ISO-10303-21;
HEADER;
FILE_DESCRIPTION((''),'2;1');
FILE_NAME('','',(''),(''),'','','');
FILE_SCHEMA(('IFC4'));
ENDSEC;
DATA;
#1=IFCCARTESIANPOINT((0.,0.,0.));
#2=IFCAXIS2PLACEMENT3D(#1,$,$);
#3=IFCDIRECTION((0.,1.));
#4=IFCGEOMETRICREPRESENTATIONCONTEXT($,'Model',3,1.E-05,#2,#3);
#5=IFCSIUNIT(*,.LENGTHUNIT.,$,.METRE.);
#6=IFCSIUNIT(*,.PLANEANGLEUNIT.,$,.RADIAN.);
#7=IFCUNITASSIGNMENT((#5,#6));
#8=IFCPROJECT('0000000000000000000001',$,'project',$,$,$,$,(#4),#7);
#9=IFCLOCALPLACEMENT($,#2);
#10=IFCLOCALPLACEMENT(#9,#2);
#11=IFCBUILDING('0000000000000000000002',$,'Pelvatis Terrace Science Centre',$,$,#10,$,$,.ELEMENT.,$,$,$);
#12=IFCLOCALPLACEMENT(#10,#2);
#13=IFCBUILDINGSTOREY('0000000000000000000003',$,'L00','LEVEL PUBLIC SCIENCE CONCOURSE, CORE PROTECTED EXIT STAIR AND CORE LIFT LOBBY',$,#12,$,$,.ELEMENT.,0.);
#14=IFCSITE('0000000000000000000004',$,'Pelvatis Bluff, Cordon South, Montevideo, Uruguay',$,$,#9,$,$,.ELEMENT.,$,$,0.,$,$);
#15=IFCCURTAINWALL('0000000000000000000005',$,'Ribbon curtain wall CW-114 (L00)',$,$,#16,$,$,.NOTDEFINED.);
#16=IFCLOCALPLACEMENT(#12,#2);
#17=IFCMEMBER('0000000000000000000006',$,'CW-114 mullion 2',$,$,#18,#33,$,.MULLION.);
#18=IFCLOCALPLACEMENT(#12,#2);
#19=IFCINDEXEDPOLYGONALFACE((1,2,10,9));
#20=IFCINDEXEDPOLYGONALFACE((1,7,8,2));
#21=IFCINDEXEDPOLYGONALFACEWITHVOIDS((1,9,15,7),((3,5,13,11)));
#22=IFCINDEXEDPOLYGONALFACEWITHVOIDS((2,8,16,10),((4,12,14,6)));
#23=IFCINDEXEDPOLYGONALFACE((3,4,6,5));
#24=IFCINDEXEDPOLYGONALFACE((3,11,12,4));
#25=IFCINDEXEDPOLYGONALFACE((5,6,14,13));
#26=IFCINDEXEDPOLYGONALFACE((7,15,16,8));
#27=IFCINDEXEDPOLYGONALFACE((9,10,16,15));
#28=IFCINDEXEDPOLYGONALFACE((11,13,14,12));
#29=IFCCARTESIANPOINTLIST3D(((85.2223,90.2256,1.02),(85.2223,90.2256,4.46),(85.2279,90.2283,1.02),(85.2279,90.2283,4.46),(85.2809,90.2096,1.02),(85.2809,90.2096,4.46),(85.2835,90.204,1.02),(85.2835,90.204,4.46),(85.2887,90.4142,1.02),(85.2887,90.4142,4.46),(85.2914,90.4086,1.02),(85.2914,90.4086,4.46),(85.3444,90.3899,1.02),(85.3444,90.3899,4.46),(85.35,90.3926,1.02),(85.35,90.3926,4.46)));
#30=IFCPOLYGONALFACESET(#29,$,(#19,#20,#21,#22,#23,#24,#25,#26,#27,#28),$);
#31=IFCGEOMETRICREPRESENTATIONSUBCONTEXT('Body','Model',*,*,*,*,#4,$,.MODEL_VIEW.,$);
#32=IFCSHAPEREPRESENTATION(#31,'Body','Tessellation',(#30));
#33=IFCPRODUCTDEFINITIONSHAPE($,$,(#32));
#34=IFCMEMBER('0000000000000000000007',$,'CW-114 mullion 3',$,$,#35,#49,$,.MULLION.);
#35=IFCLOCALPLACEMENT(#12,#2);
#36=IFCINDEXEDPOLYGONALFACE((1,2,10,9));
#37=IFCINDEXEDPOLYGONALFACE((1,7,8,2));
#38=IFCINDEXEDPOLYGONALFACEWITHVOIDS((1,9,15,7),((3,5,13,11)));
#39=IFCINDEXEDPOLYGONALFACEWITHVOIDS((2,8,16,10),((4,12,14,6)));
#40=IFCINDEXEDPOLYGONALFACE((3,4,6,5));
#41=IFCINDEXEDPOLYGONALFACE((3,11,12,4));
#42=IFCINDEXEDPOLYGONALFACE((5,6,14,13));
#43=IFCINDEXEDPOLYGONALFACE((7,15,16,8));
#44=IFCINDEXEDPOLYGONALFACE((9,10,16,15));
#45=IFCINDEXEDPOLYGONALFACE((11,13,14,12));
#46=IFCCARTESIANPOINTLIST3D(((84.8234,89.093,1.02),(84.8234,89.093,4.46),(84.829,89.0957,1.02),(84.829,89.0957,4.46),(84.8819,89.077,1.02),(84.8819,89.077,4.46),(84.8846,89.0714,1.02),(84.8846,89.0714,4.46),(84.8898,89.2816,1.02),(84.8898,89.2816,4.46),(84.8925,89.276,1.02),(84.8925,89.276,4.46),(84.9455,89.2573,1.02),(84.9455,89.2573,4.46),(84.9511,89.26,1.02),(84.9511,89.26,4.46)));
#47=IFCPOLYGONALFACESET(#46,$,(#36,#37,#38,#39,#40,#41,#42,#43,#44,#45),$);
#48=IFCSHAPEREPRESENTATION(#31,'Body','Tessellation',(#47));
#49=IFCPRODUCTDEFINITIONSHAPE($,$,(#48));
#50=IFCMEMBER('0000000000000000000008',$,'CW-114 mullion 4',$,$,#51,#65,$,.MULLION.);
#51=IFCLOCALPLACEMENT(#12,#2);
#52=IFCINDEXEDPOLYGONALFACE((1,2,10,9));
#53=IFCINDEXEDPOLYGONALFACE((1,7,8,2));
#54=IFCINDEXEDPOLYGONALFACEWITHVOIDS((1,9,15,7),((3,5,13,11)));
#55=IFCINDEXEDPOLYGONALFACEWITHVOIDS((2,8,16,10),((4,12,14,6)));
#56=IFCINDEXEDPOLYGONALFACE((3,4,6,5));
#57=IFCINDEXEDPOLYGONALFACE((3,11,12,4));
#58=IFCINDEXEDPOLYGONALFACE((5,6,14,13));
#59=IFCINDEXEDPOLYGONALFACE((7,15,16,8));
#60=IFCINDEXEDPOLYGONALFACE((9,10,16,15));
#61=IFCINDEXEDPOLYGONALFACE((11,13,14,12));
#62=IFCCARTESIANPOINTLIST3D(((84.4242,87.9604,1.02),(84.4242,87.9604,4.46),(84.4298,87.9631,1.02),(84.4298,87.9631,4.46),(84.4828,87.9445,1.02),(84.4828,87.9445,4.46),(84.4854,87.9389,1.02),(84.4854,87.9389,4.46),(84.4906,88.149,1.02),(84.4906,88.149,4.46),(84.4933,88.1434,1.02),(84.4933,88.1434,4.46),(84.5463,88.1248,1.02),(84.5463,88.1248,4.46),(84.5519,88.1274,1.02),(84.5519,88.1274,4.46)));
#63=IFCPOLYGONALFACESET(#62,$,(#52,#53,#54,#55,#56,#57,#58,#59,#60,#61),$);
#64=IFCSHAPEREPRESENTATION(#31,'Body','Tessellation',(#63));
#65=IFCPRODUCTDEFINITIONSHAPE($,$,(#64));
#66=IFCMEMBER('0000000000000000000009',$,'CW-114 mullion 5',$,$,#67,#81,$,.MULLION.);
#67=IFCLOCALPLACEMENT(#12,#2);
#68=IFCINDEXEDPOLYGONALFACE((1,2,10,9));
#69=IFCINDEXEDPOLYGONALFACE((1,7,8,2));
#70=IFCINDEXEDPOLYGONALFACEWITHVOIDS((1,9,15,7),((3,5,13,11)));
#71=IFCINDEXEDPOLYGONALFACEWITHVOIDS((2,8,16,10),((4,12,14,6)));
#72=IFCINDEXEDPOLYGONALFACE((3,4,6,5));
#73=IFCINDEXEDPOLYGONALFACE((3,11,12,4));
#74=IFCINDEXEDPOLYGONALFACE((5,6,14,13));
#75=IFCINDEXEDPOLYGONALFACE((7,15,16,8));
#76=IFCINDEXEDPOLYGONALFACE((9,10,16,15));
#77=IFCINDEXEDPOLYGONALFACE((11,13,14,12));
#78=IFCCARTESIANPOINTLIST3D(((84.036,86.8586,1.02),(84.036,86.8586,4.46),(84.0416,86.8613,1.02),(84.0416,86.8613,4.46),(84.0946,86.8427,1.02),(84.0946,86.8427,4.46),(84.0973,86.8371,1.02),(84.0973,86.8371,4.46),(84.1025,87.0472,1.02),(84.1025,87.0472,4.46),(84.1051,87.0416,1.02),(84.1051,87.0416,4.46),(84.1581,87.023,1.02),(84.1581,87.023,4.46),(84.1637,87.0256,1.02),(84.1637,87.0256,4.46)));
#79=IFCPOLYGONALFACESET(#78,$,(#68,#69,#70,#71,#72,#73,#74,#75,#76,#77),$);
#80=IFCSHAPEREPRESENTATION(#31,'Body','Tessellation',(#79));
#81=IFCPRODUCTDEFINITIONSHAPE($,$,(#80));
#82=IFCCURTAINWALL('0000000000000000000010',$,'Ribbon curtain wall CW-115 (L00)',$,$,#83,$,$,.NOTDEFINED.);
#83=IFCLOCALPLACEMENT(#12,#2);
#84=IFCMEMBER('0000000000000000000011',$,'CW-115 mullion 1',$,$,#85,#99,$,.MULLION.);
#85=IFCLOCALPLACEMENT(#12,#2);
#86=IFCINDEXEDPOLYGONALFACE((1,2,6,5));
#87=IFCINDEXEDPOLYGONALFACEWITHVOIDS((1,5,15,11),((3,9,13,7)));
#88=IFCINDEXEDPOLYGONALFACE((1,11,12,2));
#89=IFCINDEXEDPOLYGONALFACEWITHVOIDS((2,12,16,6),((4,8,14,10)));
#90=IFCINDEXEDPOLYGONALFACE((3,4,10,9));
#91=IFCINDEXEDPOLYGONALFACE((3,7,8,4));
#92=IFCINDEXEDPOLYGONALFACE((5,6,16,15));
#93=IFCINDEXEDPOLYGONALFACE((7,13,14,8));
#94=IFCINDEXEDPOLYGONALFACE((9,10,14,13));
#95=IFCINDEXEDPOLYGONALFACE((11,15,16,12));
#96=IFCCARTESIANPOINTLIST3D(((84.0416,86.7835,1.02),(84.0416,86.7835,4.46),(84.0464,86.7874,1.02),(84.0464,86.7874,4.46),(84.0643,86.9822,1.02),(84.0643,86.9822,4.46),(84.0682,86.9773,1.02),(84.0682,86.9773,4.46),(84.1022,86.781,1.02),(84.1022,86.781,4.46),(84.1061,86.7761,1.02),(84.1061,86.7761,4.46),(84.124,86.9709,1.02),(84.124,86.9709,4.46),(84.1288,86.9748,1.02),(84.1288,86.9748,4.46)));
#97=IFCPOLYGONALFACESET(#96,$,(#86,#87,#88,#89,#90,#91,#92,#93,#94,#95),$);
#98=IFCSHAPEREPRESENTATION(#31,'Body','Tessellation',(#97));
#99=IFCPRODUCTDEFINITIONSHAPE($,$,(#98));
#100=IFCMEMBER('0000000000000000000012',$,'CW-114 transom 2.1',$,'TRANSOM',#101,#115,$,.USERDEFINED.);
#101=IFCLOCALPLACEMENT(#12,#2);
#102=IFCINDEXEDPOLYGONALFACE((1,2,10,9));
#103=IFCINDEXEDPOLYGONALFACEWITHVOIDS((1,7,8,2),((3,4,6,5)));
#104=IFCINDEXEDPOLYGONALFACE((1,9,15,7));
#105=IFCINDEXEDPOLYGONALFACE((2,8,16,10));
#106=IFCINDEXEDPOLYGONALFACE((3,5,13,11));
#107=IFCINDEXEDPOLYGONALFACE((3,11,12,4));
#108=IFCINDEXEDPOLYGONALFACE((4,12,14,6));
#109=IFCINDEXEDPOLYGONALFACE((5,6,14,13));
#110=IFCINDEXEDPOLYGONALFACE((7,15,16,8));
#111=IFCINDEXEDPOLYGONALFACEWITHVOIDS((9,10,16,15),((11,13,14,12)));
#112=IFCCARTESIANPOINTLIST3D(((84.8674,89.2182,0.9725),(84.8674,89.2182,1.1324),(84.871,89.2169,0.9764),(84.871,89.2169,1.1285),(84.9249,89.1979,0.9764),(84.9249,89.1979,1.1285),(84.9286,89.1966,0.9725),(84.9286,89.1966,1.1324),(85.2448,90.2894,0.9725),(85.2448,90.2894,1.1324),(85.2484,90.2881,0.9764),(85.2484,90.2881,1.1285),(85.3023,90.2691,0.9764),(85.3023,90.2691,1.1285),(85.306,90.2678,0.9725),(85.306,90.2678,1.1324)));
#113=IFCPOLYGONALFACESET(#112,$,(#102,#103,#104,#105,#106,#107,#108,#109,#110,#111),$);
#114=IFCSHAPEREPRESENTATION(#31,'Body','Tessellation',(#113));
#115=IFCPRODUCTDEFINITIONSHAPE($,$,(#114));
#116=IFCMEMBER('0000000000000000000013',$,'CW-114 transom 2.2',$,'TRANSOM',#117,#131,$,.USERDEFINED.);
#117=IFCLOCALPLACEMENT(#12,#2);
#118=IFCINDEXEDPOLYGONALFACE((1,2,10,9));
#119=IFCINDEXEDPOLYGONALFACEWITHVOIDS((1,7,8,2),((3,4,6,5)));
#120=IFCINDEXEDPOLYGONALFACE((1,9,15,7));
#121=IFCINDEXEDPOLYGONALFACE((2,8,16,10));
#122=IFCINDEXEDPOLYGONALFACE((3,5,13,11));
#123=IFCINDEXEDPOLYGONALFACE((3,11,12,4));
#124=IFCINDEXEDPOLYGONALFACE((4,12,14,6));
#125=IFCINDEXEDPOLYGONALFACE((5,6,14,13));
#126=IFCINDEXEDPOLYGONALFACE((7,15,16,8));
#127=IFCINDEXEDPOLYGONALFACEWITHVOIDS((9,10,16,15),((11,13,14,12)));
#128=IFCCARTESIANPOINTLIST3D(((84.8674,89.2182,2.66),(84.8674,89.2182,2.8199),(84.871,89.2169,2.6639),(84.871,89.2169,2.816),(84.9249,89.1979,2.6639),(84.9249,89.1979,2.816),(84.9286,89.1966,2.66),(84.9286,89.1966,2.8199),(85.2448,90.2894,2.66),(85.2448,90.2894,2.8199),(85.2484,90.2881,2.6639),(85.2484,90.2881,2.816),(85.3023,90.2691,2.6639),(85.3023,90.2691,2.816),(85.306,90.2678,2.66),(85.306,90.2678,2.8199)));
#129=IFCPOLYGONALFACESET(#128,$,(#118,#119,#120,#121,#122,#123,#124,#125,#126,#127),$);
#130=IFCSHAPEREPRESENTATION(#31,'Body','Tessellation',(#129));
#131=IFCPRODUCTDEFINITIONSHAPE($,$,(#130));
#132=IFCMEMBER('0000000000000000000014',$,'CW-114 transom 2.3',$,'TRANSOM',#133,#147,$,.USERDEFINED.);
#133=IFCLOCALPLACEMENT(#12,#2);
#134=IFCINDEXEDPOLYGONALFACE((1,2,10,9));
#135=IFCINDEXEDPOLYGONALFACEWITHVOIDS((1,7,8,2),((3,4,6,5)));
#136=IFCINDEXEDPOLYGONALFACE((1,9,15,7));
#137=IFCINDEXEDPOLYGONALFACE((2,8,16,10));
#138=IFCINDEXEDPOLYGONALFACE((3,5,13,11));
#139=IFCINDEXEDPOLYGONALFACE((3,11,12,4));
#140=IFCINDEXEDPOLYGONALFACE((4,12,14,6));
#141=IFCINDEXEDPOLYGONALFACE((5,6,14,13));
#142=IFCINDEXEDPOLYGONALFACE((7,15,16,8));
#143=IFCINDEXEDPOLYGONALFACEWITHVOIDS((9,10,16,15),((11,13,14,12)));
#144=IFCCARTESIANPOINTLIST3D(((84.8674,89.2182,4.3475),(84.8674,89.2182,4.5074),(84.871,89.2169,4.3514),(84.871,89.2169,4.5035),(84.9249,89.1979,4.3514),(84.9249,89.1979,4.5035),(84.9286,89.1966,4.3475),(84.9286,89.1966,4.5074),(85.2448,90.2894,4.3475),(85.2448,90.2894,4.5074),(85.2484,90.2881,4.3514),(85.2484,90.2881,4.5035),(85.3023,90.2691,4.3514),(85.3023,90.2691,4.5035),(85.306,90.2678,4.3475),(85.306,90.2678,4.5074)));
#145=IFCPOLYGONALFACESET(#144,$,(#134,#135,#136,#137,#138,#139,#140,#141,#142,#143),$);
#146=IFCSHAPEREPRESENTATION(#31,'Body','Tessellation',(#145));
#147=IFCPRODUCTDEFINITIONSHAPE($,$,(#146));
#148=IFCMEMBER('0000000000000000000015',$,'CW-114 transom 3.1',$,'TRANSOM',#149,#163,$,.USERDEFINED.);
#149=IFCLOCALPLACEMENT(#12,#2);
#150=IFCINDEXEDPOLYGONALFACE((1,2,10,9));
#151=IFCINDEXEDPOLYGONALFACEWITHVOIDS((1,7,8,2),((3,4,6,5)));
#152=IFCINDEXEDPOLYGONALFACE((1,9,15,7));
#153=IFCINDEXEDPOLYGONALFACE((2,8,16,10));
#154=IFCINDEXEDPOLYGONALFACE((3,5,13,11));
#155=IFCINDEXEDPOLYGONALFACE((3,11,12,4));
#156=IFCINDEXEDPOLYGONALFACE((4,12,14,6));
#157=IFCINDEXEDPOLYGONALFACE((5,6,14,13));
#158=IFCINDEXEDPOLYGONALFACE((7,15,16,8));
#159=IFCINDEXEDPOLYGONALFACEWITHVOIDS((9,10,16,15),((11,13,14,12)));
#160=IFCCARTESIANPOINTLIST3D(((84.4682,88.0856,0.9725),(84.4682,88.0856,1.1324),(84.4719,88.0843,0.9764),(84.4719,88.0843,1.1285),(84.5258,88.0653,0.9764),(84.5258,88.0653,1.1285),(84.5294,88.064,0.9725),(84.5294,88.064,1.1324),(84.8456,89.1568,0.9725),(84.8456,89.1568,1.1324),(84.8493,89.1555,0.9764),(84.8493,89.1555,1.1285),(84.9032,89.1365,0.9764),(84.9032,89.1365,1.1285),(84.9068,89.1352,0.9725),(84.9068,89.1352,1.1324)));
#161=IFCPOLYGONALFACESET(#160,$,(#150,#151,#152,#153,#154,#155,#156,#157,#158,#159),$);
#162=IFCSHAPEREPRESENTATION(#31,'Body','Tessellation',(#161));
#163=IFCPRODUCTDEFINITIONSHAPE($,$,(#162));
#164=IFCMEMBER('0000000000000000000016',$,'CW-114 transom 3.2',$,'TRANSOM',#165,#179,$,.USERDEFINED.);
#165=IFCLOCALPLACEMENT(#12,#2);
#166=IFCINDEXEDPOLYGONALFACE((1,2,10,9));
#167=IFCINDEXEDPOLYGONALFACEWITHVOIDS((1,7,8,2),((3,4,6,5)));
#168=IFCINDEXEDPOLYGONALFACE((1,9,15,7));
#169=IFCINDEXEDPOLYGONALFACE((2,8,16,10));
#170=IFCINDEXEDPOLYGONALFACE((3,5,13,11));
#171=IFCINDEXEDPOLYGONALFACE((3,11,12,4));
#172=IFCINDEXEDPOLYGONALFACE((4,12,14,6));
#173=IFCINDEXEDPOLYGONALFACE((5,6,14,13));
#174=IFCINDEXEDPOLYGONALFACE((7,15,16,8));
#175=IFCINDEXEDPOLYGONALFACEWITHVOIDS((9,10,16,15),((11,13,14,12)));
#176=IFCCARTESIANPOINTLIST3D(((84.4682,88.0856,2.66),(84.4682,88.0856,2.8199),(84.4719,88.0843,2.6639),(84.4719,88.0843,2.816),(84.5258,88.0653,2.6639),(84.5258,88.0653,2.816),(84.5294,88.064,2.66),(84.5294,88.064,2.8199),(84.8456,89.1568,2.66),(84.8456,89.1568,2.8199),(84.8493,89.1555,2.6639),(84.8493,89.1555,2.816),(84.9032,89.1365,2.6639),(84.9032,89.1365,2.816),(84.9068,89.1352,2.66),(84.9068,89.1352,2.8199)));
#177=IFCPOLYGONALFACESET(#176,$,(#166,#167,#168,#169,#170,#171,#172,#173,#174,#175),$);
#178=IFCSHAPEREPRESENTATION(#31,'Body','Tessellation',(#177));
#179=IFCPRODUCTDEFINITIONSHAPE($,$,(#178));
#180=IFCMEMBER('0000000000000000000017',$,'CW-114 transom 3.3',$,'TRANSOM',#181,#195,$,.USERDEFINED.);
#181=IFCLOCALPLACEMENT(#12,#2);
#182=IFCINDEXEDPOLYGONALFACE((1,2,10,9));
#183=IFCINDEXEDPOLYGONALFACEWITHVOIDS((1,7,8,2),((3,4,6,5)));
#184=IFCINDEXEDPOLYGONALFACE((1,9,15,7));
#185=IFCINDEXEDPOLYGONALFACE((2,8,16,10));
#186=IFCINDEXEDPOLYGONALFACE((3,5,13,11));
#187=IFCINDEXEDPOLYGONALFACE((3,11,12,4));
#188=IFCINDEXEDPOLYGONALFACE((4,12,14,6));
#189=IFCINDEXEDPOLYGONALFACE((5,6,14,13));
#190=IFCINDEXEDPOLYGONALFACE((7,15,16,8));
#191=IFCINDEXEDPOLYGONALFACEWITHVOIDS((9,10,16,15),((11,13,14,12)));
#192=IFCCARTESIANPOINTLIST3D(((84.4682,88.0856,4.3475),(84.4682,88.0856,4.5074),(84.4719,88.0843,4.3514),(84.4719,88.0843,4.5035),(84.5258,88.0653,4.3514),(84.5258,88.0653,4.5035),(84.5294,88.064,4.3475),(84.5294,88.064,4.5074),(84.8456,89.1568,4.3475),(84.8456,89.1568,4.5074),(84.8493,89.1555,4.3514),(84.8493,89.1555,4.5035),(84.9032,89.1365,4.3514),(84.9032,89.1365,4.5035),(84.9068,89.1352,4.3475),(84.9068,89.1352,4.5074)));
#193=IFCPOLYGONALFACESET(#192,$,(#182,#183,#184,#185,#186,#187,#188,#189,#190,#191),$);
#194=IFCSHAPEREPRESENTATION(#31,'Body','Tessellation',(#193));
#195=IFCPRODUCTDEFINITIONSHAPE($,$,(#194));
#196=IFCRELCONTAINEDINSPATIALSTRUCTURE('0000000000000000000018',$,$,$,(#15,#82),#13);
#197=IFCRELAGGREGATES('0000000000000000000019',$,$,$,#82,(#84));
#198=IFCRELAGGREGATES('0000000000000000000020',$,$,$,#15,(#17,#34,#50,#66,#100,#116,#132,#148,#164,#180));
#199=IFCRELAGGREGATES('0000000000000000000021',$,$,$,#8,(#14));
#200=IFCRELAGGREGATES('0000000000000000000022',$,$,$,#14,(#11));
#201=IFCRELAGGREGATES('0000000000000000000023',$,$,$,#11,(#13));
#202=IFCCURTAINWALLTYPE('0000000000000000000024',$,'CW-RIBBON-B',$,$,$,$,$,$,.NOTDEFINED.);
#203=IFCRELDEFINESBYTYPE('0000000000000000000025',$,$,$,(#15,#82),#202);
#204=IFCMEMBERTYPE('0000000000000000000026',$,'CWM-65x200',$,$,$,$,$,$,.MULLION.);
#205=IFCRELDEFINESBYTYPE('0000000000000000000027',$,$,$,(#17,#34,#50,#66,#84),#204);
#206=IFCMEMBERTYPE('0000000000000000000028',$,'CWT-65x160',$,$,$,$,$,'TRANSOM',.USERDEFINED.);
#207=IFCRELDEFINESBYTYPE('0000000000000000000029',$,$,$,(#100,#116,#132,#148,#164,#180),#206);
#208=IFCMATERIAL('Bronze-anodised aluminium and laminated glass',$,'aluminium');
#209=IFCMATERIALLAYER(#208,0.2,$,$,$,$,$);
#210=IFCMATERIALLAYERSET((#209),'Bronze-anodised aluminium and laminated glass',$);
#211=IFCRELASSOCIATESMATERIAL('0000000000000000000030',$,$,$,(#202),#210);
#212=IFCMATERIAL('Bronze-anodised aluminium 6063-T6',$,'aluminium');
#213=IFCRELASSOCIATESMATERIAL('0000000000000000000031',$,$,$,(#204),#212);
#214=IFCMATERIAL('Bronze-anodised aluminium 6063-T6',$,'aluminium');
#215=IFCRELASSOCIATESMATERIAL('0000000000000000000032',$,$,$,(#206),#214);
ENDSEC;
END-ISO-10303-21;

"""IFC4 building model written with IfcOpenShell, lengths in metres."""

from ifc_helpers import new_model, si_unit, direction, frame, origin, origin_2d, place, context, subcontext, project, spatial, hollow_rectangle, extrude, material, layer, layer_set, material_profile, profile_set, type_object, element, aggregate, save


model = new_model("IFC4")

# Units and contexts
model_context = context("Model", 3, precision=1e-05, world=origin(), true_north=direction((0.0, 1.0)))
body_context = subcontext(model_context, "Body", "Model", "MODEL_VIEW")
ifc_project = project(units=[si_unit("LENGTHUNIT", "METRE"), si_unit("PLANEANGLEUNIT", "RADIAN")], contexts=[model_context])

# Site, building, storey
site_placement = place(None, origin())
site = spatial("IfcSite", under=ifc_project, at=site_placement, Name="Pelvatis Bluff, Cordon South, Montevideo, Uruguay", CompositionType="ELEMENT", RefElevation=0.0)
building_placement = place(site_placement, origin())
building = spatial("IfcBuilding", under=site, at=building_placement, Name="Pelvatis Terrace Science Centre", CompositionType="ELEMENT")
storey_placement = place(building_placement, origin())
storey = spatial("IfcBuildingStorey", under=building, at=storey_placement, Name="L00", Description="LEVEL PUBLIC SCIENCE CONCOURSE, CORE PROTECTED EXIT STAIR AND CORE LIFT LOBBY", CompositionType="ELEMENT", Elevation=0.0)

# Curtain wall, members
ifc_material_1 = material(Name="Bronze-anodised aluminium and laminated glass", Category="aluminium")
ifc_layer_1 = layer(ifc_material_1, 0.2)
ifc_layer_set_1 = layer_set([ifc_layer_1], Name="Bronze-anodised aluminium and laminated glass")
curtain_wall_type = type_object("IfcCurtainWallType", Name="CW-RIBBON-B", PredefinedType="NOTDEFINED", material=ifc_layer_set_1)
curtain_wall_1_placement = place(storey_placement, origin())
curtain_wall_1 = element("IfcCurtainWall", 1, at=curtain_wall_1_placement, inside=storey, type_object=curtain_wall_type, Name="Ribbon curtain wall CW-114 (L00)", PredefinedType="NOTDEFINED")
ifc_material_2 = material(Name="Bronze-anodised aluminium 6063-T6", Category="aluminium")
ifc_material_profile_1 = material_profile(ifc_material_2, hollow_rectangle(XDim=0.0649, YDim=0.2, WallThickness=0.0044, at=origin_2d()), Name="ALU-MUL 65x200")
ifc_profile_set_1 = profile_set([ifc_material_profile_1], Name="Bronze-anodised aluminium 6063-T6")
member_type_1 = type_object("IfcMemberType", Name="CWM-65x200", PredefinedType="MULLION", material=ifc_profile_set_1)
member_1_placement = place(storey_placement, frame((85.2861, 90.3091, 1.02), z_axis=(0.0, 0.0, 1.0), x_axis=(0.943171, -0.332308, 0.0)))
member_1 = element("IfcMember", 2, at=member_1_placement, type_object=member_type_1, Name="CW-114 mullion 2", PredefinedType="MULLION", context=body_context, shape_type="SweptSolid", body=[
    extrude(hollow_rectangle(XDim=0.0649, YDim=0.2, WallThickness=0.0044, at=origin_2d()), origin(), (0.0, 0.0, 1.0), 3.4399),
])
member_2_placement = place(storey_placement, frame((84.8872, 89.1765, 1.02), z_axis=(0.0, 0.0, 1.0), x_axis=(0.943171, -0.332308, 0.0)))
member_2 = element("IfcMember", 3, at=member_2_placement, type_object=member_type_1, Name="CW-114 mullion 3", PredefinedType="MULLION", context=body_context, shape_type="SweptSolid", body=[
    extrude(hollow_rectangle(XDim=0.0649, YDim=0.2, WallThickness=0.0044, at=origin_2d()), origin(), (0.0, 0.0, 1.0), 3.4399),
])
member_3_placement = place(storey_placement, frame((84.488, 88.0439, 1.02), z_axis=(0.0, 0.0, 1.0), x_axis=(0.943171, -0.332308, 0.0)))
member_3 = element("IfcMember", 4, at=member_3_placement, type_object=member_type_1, Name="CW-114 mullion 4", PredefinedType="MULLION", context=body_context, shape_type="SweptSolid", body=[
    extrude(hollow_rectangle(XDim=0.0649, YDim=0.2, WallThickness=0.0044, at=origin_2d()), origin(), (0.0, 0.0, 1.0), 3.4399),
])
member_4_placement = place(storey_placement, frame((84.0999, 86.9421, 1.02), z_axis=(0.0, 0.0, 1.0), x_axis=(0.943171, -0.332308, 0.0)))
member_4 = element("IfcMember", 5, at=member_4_placement, type_object=member_type_1, Name="CW-114 mullion 5", PredefinedType="MULLION", context=body_context, shape_type="SweptSolid", body=[
    extrude(hollow_rectangle(XDim=0.0649, YDim=0.2, WallThickness=0.0044, at=origin_2d()), origin(), (0.0, 0.0, 1.0), 3.4399),
])

# Curtain wall, member
curtain_wall_2_placement = place(storey_placement, origin())
curtain_wall_2 = element("IfcCurtainWall", 6, at=curtain_wall_2_placement, inside=storey, type_object=curtain_wall_type, Name="Ribbon curtain wall CW-115 (L00)", PredefinedType="NOTDEFINED")
member_5_placement = place(storey_placement, frame((84.0852, 86.8792, 1.02), z_axis=(0.0, 0.0, 1.0), x_axis=(0.993519, -0.113662, 0.0)))
member_5 = element("IfcMember", 7, at=member_5_placement, type_object=member_type_1, Name="CW-115 mullion 1", PredefinedType="MULLION", context=body_context, shape_type="SweptSolid", body=[
    extrude(hollow_rectangle(XDim=0.0649, YDim=0.2, WallThickness=0.0044, at=origin_2d()), origin(), (0.0, 0.0, 1.0), 3.4399),
])
aggregate(curtain_wall_2, [member_5])

# Members
ifc_material_3 = material(Name="Bronze-anodised aluminium 6063-T6", Category="aluminium")
ifc_material_profile_2 = material_profile(ifc_material_3, hollow_rectangle(XDim=0.0649, YDim=0.1599, WallThickness=0.0039, at=origin_2d()), Name="ALU-TRN 65x160")
ifc_profile_set_2 = profile_set([ifc_material_profile_2], Name="Bronze-anodised aluminium 6063-T6")
member_type_2 = type_object("IfcMemberType", Name="CWT-65x160", ElementType="TRANSOM", PredefinedType="USERDEFINED", material=ifc_profile_set_2)
member_6_placement = place(storey_placement, frame((85.2754, 90.2786, 1.0525), z_axis=(-0.332303, -0.943173, 0.0), x_axis=(0.943173, -0.332303, 0.0)))
member_6 = element("IfcMember", 8, at=member_6_placement, type_object=member_type_2, Name="CW-114 transom 2.1", ObjectType="TRANSOM", PredefinedType="USERDEFINED", context=body_context, shape_type="SweptSolid", body=[
    extrude(hollow_rectangle(XDim=0.0649, YDim=0.1599, WallThickness=0.0039, at=origin_2d()), origin(), (0.0, 0.0, 1.0), 1.1357),
])
member_7_placement = place(storey_placement, frame((85.2754, 90.2786, 2.74), z_axis=(-0.332303, -0.943173, 0.0), x_axis=(0.943173, -0.332303, 0.0)))
member_7 = element("IfcMember", 9, at=member_7_placement, type_object=member_type_2, Name="CW-114 transom 2.2", ObjectType="TRANSOM", PredefinedType="USERDEFINED", context=body_context, shape_type="SweptSolid", body=[
    extrude(hollow_rectangle(XDim=0.0649, YDim=0.1599, WallThickness=0.0039, at=origin_2d()), origin(), (0.0, 0.0, 1.0), 1.1357),
])
member_8_placement = place(storey_placement, frame((85.2754, 90.2786, 4.4275), z_axis=(-0.332303, -0.943173, 0.0), x_axis=(0.943173, -0.332303, 0.0)))
member_8 = element("IfcMember", 10, at=member_8_placement, type_object=member_type_2, Name="CW-114 transom 2.3", ObjectType="TRANSOM", PredefinedType="USERDEFINED", context=body_context, shape_type="SweptSolid", body=[
    extrude(hollow_rectangle(XDim=0.0649, YDim=0.1599, WallThickness=0.0039, at=origin_2d()), origin(), (0.0, 0.0, 1.0), 1.1357),
])
member_9_placement = place(storey_placement, frame((84.8762, 89.146, 1.0525), z_axis=(-0.332303, -0.943173, 0.0), x_axis=(0.943173, -0.332303, 0.0)))
member_9 = element("IfcMember", 11, at=member_9_placement, type_object=member_type_2, Name="CW-114 transom 3.1", ObjectType="TRANSOM", PredefinedType="USERDEFINED", context=body_context, shape_type="SweptSolid", body=[
    extrude(hollow_rectangle(XDim=0.0649, YDim=0.1599, WallThickness=0.0039, at=origin_2d()), origin(), (0.0, 0.0, 1.0), 1.1357),
])
member_10_placement = place(storey_placement, frame((84.8762, 89.146, 2.74), z_axis=(-0.332303, -0.943173, 0.0), x_axis=(0.943173, -0.332303, 0.0)))
member_10 = element("IfcMember", 12, at=member_10_placement, type_object=member_type_2, Name="CW-114 transom 3.2", ObjectType="TRANSOM", PredefinedType="USERDEFINED", context=body_context, shape_type="SweptSolid", body=[
    extrude(hollow_rectangle(XDim=0.0649, YDim=0.1599, WallThickness=0.0039, at=origin_2d()), origin(), (0.0, 0.0, 1.0), 1.1357),
])
member_11_placement = place(storey_placement, frame((84.8762, 89.146, 4.4275), z_axis=(-0.332303, -0.943173, 0.0), x_axis=(0.943173, -0.332303, 0.0)))
member_11 = element("IfcMember", 13, at=member_11_placement, type_object=member_type_2, Name="CW-114 transom 3.3", ObjectType="TRANSOM", PredefinedType="USERDEFINED", context=body_context, shape_type="SweptSolid", body=[
    extrude(hollow_rectangle(XDim=0.0649, YDim=0.1599, WallThickness=0.0039, at=origin_2d()), origin(), (0.0, 0.0, 1.0), 1.1357),
])

aggregate(curtain_wall_1, [member_1, member_2, member_3, member_4, member_6, member_7, member_8, member_9, member_10, member_11])

save(model, "model.ifc")
